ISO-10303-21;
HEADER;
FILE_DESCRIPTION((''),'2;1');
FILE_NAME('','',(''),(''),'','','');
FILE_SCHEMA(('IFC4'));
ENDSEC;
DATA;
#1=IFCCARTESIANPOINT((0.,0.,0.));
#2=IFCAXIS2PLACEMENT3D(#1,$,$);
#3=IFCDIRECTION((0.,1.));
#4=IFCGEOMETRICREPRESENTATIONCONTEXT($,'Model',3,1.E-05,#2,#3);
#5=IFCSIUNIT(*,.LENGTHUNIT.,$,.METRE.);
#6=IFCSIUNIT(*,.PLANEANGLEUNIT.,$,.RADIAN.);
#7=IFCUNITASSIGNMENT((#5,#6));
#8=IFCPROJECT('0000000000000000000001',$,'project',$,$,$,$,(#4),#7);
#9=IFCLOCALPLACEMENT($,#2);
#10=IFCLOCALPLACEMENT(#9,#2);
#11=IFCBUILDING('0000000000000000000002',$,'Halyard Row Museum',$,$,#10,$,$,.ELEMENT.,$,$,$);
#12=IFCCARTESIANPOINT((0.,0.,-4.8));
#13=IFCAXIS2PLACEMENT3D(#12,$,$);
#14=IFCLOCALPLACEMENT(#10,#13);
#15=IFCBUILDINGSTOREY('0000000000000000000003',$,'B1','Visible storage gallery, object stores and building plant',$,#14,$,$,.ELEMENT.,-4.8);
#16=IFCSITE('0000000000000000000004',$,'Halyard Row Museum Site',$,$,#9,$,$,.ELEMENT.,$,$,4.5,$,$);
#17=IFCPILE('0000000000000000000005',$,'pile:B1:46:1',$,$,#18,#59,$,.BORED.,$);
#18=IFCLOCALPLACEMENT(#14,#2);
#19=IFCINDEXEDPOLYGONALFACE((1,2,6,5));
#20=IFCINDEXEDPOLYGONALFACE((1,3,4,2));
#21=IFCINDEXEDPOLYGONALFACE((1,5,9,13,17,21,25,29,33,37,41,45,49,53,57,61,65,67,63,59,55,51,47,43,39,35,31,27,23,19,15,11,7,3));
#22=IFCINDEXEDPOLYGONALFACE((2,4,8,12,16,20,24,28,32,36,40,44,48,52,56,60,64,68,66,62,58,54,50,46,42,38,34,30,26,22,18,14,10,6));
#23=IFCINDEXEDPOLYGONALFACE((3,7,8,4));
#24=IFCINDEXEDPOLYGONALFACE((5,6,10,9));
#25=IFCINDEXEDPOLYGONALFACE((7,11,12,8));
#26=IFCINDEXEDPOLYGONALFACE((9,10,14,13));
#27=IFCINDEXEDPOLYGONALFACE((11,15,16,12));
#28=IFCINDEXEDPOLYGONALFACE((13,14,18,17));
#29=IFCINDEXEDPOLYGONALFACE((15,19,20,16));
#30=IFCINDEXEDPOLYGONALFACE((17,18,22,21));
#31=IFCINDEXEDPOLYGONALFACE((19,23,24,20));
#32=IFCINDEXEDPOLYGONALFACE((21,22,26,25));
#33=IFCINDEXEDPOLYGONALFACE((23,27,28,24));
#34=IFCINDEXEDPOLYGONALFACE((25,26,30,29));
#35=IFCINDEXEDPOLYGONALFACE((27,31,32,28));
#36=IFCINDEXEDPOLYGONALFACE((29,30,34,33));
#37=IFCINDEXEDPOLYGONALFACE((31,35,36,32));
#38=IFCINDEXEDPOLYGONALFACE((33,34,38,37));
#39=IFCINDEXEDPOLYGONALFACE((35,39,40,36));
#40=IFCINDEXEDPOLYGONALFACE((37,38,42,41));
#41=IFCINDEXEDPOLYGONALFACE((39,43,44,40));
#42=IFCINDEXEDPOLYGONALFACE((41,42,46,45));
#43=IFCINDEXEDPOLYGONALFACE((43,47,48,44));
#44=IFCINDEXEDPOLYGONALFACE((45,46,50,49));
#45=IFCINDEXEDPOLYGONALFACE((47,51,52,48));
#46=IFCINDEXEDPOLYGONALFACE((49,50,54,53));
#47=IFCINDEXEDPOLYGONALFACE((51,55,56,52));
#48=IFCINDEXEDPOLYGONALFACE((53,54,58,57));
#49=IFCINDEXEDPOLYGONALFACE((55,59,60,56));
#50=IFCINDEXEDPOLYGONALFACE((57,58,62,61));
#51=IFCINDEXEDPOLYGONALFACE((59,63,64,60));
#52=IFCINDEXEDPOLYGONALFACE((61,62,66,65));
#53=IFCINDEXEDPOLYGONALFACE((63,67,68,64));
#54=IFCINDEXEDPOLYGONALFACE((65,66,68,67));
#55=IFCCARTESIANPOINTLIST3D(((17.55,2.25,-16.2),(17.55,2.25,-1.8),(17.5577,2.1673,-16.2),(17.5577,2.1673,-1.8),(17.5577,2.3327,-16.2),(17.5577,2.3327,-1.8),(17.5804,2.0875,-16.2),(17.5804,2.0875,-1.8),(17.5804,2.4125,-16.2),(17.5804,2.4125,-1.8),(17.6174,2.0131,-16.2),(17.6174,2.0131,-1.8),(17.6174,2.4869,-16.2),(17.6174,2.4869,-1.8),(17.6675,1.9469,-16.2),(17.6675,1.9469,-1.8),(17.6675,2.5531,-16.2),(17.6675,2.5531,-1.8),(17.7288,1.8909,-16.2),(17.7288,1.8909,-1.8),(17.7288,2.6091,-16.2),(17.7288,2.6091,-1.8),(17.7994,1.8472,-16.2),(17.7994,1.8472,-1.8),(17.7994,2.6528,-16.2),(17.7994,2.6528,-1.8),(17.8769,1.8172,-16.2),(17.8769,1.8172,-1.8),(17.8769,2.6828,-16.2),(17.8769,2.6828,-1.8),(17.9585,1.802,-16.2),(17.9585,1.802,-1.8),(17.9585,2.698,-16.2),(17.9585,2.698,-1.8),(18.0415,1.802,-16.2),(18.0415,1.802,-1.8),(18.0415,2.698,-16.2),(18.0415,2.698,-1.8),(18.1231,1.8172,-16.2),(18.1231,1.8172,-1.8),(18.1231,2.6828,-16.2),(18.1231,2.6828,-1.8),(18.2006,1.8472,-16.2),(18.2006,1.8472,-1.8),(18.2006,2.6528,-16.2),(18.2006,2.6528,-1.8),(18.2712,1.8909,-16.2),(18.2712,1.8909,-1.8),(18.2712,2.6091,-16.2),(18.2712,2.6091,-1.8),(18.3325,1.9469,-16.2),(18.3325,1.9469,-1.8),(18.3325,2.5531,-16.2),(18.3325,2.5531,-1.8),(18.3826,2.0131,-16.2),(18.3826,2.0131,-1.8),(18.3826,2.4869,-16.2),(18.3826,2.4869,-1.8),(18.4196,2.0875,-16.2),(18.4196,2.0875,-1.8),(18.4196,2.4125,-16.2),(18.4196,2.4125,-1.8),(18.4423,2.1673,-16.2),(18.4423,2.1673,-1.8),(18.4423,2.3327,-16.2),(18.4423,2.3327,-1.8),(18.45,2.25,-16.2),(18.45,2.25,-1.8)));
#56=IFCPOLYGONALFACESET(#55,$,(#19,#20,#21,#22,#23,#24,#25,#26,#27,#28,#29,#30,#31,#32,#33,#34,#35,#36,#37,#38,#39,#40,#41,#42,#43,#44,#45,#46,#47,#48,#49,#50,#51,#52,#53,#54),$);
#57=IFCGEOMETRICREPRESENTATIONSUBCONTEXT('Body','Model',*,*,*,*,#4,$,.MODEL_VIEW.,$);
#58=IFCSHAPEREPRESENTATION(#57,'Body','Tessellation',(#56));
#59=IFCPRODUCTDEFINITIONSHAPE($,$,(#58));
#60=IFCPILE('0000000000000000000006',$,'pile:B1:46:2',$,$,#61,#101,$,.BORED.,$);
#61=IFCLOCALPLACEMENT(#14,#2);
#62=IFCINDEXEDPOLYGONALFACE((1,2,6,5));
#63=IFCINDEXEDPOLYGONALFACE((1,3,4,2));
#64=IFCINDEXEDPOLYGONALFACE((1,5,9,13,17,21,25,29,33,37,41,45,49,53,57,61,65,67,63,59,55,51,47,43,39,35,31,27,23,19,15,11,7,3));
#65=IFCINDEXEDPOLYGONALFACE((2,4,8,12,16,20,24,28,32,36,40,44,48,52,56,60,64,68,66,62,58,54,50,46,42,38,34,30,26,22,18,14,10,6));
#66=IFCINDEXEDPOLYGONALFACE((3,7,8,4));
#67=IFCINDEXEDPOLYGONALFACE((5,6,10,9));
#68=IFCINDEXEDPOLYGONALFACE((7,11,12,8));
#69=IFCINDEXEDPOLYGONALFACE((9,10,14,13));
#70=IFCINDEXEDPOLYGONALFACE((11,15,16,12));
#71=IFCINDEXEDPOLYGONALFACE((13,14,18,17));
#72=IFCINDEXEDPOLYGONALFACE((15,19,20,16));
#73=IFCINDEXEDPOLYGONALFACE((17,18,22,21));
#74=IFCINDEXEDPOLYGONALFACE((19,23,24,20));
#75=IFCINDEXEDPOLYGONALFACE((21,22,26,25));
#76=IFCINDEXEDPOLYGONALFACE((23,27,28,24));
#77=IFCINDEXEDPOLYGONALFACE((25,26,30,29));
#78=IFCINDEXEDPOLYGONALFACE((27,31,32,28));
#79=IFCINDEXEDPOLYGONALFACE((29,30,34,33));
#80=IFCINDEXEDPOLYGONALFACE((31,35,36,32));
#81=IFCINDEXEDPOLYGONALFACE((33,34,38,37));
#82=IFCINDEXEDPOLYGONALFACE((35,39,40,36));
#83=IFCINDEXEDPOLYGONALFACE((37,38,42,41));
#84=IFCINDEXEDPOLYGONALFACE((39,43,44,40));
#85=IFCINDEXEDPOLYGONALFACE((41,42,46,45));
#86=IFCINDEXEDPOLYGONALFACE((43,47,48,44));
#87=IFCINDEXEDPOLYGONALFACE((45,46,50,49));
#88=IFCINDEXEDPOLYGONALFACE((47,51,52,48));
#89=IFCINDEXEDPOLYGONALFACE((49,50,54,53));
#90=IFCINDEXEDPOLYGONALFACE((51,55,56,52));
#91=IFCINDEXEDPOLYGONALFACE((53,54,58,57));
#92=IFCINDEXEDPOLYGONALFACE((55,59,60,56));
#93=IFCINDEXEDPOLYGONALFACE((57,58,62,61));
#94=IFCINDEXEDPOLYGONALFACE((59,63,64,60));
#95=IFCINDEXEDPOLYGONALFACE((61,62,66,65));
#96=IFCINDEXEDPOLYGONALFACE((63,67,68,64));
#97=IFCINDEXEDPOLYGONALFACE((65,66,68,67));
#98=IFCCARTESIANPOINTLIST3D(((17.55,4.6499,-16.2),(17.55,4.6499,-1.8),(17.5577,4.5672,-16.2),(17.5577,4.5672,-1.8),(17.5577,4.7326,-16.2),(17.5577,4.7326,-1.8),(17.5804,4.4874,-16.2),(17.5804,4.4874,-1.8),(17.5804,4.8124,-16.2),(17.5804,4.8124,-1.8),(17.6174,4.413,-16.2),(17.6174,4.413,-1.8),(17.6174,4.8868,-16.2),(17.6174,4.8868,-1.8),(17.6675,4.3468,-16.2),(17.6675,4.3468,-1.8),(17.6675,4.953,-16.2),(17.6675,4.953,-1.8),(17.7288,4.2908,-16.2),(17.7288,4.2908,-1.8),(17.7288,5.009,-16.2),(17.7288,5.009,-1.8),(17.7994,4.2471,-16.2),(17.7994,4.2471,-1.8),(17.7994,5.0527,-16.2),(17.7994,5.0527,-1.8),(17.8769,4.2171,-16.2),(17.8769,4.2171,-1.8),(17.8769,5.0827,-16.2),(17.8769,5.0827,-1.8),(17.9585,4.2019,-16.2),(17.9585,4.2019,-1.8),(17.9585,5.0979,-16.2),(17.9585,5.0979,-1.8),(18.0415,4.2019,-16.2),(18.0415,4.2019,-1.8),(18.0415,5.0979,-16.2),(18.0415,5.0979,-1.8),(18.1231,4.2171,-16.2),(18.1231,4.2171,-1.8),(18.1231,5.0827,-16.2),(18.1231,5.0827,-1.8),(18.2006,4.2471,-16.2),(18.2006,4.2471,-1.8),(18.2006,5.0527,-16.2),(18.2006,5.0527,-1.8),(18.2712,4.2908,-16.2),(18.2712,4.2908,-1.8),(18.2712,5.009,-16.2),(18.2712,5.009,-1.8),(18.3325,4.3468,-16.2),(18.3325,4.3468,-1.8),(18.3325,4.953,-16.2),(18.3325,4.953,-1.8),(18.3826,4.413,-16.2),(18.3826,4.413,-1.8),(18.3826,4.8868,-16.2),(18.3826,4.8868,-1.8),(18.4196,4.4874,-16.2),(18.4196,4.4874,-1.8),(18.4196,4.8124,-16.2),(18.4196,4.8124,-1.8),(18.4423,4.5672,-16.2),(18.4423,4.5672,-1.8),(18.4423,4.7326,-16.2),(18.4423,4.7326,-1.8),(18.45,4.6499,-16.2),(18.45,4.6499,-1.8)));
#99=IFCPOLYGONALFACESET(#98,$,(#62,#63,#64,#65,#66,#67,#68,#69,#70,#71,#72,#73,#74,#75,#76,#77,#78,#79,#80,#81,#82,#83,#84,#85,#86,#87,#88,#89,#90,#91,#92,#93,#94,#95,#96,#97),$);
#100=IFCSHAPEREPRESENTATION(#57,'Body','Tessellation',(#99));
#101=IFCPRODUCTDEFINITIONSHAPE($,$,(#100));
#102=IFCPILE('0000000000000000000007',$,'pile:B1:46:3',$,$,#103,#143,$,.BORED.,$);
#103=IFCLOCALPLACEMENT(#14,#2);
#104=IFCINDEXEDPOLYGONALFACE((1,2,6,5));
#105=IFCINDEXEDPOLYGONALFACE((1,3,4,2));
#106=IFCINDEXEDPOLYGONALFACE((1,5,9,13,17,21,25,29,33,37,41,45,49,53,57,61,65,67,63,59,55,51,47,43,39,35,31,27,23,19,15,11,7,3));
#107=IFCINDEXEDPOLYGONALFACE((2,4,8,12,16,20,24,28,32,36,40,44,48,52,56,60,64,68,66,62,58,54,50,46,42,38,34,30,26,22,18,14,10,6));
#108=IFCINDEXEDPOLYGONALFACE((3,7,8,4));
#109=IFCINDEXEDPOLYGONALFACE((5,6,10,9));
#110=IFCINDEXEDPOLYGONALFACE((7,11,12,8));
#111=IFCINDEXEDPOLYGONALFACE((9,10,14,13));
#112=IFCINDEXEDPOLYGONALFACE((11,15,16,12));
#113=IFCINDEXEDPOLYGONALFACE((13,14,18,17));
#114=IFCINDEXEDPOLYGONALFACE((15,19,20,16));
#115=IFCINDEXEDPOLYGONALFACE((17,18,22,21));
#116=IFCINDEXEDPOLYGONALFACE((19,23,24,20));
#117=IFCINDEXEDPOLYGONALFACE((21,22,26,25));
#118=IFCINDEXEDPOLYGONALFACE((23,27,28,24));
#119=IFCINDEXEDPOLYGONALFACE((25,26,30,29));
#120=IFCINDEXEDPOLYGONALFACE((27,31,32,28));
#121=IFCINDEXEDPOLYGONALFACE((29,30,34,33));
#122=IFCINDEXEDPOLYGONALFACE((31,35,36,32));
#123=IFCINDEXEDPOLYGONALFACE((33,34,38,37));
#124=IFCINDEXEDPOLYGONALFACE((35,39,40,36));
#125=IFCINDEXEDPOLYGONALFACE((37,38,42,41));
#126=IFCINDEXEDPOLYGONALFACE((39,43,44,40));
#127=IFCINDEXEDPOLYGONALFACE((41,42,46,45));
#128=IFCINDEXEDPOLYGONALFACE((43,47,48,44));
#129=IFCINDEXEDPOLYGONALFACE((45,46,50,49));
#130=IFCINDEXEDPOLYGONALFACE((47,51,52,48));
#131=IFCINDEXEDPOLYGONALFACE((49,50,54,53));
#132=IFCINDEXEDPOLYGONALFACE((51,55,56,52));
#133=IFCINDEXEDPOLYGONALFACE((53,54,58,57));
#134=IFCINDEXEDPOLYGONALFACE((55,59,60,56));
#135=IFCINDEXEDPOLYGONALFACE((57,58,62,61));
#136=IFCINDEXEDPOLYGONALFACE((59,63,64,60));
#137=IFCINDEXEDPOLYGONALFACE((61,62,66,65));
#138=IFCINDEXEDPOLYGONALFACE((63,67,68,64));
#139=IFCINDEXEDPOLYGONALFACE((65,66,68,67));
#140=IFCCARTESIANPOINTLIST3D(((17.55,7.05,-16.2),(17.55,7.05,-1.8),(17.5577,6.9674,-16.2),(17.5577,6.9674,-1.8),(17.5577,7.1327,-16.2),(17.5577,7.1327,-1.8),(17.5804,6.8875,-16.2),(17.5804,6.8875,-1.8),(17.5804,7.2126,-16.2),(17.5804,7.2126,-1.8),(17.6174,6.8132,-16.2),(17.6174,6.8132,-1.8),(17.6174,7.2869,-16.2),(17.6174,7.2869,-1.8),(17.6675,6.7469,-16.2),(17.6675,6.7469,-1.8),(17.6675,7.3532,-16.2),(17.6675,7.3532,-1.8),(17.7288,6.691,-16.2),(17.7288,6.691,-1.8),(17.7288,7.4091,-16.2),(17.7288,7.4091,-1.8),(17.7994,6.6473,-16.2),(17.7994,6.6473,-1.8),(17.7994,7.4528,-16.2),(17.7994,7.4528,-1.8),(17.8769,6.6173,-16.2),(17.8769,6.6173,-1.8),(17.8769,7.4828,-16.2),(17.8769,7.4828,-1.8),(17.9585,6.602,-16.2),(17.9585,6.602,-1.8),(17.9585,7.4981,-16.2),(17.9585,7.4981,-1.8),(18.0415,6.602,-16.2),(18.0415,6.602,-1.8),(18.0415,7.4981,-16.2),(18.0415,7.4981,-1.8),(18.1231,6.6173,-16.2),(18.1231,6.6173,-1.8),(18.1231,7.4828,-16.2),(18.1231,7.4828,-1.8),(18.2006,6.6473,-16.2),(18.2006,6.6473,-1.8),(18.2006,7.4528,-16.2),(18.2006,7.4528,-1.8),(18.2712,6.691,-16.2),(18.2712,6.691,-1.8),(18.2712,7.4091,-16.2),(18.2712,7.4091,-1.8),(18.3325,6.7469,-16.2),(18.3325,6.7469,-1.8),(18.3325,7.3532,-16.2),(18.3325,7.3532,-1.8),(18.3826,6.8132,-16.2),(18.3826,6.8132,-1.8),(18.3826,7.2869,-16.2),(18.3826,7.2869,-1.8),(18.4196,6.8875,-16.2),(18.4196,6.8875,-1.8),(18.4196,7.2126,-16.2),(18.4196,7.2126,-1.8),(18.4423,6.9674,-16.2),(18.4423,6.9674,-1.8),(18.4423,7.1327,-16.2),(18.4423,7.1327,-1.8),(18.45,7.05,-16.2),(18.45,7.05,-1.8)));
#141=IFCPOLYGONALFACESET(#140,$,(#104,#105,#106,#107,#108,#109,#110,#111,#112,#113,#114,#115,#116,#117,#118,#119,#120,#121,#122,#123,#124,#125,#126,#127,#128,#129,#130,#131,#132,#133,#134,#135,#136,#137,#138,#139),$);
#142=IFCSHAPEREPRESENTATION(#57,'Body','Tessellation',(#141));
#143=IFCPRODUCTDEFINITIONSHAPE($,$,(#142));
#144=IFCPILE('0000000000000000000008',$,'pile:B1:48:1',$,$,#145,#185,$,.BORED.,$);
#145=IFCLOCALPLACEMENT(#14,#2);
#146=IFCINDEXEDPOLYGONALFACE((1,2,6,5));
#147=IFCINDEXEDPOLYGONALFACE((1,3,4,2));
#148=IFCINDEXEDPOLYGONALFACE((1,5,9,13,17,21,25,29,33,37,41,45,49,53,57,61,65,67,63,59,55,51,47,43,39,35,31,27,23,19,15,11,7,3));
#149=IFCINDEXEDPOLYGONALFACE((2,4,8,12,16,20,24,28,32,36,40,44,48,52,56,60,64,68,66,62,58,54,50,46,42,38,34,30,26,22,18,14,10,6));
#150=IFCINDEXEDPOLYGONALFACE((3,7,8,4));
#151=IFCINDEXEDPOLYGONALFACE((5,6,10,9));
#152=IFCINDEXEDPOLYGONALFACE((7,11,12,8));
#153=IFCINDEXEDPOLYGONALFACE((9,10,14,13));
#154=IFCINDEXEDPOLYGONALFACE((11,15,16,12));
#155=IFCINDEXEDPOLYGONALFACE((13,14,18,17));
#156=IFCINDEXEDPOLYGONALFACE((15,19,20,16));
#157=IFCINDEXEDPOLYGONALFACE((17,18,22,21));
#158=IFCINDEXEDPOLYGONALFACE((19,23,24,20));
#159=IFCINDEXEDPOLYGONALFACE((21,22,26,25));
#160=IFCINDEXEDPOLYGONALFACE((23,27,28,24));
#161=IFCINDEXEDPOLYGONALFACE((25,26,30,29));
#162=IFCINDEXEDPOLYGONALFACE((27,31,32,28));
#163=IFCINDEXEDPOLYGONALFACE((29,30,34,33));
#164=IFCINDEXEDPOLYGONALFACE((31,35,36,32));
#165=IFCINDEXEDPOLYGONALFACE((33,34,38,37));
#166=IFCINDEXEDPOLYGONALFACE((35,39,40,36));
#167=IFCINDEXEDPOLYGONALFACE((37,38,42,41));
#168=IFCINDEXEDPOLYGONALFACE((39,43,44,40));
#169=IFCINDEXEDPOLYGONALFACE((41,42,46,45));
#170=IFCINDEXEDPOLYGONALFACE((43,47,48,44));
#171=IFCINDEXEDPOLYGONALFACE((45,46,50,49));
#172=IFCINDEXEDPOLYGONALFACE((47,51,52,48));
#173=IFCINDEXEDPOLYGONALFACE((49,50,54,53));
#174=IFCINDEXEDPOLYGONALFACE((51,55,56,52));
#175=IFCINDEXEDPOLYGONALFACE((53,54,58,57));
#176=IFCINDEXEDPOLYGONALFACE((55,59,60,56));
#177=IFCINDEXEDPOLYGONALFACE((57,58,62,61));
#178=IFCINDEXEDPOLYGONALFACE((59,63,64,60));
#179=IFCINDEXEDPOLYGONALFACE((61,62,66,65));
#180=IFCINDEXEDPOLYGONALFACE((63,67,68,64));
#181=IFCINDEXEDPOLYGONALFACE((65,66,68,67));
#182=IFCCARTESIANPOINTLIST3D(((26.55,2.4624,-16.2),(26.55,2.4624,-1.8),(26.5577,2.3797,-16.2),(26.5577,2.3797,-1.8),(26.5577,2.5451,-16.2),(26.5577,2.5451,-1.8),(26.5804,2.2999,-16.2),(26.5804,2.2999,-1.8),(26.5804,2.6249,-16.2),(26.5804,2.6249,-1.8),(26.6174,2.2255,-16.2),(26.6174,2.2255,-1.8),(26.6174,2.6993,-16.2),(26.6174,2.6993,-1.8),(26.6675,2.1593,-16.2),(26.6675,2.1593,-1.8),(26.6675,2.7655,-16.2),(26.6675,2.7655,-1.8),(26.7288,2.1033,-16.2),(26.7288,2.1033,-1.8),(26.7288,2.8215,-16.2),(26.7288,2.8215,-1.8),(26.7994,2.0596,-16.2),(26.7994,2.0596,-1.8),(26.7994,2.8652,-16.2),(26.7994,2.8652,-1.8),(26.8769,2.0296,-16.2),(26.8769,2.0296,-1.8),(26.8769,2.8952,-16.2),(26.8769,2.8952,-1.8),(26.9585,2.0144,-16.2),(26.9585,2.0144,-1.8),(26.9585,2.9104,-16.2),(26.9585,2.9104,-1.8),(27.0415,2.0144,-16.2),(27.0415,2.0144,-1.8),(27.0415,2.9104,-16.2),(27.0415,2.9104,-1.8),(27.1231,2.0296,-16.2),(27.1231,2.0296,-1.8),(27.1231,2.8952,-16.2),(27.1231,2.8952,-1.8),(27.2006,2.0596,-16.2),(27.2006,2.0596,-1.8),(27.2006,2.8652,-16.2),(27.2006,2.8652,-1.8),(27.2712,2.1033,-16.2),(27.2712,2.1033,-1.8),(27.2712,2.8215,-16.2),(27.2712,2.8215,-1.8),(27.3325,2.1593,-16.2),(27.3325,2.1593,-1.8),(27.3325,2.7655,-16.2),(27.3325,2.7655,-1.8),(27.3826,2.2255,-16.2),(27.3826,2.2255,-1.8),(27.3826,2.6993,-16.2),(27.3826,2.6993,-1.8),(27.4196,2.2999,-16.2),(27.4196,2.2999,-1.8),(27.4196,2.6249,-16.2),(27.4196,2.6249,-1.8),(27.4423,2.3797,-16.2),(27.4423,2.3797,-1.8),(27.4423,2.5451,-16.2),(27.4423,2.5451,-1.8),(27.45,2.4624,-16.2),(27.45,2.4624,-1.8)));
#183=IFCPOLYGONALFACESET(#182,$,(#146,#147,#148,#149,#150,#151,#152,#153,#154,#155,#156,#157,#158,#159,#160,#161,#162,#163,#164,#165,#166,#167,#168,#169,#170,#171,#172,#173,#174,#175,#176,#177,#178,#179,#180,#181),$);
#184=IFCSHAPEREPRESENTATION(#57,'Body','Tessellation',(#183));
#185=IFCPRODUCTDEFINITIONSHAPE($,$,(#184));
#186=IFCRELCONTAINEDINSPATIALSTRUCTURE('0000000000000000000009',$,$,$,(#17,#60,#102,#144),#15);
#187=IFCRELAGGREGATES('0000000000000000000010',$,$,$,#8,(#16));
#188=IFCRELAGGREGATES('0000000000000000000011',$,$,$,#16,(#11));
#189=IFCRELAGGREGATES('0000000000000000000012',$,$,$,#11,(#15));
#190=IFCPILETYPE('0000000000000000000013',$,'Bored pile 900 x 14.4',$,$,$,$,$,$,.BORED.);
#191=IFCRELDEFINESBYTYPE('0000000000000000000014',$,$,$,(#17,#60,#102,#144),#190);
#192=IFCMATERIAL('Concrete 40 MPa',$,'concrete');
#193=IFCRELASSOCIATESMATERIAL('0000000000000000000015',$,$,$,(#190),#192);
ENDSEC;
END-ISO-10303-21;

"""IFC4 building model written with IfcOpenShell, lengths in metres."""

from ifc_helpers import new_model, si_unit, direction, frame, origin, origin_2d, place, context, subcontext, project, spatial, circle, extrude, material, material_profile, profile_set, type_object, element, save


model = new_model("IFC4")

# Units and contexts
model_context = context("Model", 3, precision=1e-05, world=origin(), true_north=direction((0.0, 1.0)))
body_context = subcontext(model_context, "Body", "Model", "MODEL_VIEW")
ifc_project = project(units=[si_unit("LENGTHUNIT", "METRE"), si_unit("PLANEANGLEUNIT", "RADIAN")], contexts=[model_context])

# Site, building, storey
site_placement = place(None, origin())
site = spatial("IfcSite", under=ifc_project, at=site_placement, Name="Halyard Row Museum Site", CompositionType="ELEMENT", RefElevation=4.5)
building_placement = place(site_placement, origin())
building = spatial("IfcBuilding", under=site, at=building_placement, Name="Halyard Row Museum", CompositionType="ELEMENT")
storey_placement = place(building_placement, frame((0.0, 0.0, -4.8)))
storey = spatial("IfcBuildingStorey", under=building, at=storey_placement, Name="B1", Description="Visible storage gallery, object stores and building plant", CompositionType="ELEMENT", Elevation=-4.8)

# Piles
ifc_material_1 = material(Name="Concrete 40 MPa", Category="concrete")
ifc_material_profile_1 = material_profile(ifc_material_1, circle(Radius=0.45, at=origin_2d()), Name="Bored pile 900 x 14.4")
ifc_profile_set_1 = profile_set([ifc_material_profile_1], Name="Concrete 40 MPa")
pile_type_1 = type_object("IfcPileType", Name="Bored pile 900 x 14.4", PredefinedType="BORED", material=ifc_profile_set_1)
for number, where, z_axis, x_axis, name in (
    (1, (18.0, 2.25, -1.8), (0.0, 0.0, -1.0), (1.0, 0.0, 0.0), "pile:B1:46:1"),
    (2, (18.0, 4.6499, -1.8), (0.0, 0.0, -1.0), (1.0, 0.0, 0.0), "pile:B1:46:2"),
    (3, (18.0, 7.05, -1.8), (0.0, 0.0, -1.0), (1.0, 0.0, 0.0), "pile:B1:46:3"),
    (4, (27.0, 2.4624, -1.8), (0.0, 0.0, -1.0), (1.0, 0.0, 0.0), "pile:B1:48:1"),
):
    element("IfcPile", number, at=place(storey_placement, frame(where, z_axis=z_axis, x_axis=x_axis)), inside=storey, type_object=pile_type_1, Name=name, PredefinedType="BORED", context=body_context, shape_type="SweptSolid", body=[
        extrude(circle(Radius=0.45, at=origin_2d()), origin(), (0.0, 0.0, 1.0), 14.3999),
    ])

save(model, "model.ifc")
